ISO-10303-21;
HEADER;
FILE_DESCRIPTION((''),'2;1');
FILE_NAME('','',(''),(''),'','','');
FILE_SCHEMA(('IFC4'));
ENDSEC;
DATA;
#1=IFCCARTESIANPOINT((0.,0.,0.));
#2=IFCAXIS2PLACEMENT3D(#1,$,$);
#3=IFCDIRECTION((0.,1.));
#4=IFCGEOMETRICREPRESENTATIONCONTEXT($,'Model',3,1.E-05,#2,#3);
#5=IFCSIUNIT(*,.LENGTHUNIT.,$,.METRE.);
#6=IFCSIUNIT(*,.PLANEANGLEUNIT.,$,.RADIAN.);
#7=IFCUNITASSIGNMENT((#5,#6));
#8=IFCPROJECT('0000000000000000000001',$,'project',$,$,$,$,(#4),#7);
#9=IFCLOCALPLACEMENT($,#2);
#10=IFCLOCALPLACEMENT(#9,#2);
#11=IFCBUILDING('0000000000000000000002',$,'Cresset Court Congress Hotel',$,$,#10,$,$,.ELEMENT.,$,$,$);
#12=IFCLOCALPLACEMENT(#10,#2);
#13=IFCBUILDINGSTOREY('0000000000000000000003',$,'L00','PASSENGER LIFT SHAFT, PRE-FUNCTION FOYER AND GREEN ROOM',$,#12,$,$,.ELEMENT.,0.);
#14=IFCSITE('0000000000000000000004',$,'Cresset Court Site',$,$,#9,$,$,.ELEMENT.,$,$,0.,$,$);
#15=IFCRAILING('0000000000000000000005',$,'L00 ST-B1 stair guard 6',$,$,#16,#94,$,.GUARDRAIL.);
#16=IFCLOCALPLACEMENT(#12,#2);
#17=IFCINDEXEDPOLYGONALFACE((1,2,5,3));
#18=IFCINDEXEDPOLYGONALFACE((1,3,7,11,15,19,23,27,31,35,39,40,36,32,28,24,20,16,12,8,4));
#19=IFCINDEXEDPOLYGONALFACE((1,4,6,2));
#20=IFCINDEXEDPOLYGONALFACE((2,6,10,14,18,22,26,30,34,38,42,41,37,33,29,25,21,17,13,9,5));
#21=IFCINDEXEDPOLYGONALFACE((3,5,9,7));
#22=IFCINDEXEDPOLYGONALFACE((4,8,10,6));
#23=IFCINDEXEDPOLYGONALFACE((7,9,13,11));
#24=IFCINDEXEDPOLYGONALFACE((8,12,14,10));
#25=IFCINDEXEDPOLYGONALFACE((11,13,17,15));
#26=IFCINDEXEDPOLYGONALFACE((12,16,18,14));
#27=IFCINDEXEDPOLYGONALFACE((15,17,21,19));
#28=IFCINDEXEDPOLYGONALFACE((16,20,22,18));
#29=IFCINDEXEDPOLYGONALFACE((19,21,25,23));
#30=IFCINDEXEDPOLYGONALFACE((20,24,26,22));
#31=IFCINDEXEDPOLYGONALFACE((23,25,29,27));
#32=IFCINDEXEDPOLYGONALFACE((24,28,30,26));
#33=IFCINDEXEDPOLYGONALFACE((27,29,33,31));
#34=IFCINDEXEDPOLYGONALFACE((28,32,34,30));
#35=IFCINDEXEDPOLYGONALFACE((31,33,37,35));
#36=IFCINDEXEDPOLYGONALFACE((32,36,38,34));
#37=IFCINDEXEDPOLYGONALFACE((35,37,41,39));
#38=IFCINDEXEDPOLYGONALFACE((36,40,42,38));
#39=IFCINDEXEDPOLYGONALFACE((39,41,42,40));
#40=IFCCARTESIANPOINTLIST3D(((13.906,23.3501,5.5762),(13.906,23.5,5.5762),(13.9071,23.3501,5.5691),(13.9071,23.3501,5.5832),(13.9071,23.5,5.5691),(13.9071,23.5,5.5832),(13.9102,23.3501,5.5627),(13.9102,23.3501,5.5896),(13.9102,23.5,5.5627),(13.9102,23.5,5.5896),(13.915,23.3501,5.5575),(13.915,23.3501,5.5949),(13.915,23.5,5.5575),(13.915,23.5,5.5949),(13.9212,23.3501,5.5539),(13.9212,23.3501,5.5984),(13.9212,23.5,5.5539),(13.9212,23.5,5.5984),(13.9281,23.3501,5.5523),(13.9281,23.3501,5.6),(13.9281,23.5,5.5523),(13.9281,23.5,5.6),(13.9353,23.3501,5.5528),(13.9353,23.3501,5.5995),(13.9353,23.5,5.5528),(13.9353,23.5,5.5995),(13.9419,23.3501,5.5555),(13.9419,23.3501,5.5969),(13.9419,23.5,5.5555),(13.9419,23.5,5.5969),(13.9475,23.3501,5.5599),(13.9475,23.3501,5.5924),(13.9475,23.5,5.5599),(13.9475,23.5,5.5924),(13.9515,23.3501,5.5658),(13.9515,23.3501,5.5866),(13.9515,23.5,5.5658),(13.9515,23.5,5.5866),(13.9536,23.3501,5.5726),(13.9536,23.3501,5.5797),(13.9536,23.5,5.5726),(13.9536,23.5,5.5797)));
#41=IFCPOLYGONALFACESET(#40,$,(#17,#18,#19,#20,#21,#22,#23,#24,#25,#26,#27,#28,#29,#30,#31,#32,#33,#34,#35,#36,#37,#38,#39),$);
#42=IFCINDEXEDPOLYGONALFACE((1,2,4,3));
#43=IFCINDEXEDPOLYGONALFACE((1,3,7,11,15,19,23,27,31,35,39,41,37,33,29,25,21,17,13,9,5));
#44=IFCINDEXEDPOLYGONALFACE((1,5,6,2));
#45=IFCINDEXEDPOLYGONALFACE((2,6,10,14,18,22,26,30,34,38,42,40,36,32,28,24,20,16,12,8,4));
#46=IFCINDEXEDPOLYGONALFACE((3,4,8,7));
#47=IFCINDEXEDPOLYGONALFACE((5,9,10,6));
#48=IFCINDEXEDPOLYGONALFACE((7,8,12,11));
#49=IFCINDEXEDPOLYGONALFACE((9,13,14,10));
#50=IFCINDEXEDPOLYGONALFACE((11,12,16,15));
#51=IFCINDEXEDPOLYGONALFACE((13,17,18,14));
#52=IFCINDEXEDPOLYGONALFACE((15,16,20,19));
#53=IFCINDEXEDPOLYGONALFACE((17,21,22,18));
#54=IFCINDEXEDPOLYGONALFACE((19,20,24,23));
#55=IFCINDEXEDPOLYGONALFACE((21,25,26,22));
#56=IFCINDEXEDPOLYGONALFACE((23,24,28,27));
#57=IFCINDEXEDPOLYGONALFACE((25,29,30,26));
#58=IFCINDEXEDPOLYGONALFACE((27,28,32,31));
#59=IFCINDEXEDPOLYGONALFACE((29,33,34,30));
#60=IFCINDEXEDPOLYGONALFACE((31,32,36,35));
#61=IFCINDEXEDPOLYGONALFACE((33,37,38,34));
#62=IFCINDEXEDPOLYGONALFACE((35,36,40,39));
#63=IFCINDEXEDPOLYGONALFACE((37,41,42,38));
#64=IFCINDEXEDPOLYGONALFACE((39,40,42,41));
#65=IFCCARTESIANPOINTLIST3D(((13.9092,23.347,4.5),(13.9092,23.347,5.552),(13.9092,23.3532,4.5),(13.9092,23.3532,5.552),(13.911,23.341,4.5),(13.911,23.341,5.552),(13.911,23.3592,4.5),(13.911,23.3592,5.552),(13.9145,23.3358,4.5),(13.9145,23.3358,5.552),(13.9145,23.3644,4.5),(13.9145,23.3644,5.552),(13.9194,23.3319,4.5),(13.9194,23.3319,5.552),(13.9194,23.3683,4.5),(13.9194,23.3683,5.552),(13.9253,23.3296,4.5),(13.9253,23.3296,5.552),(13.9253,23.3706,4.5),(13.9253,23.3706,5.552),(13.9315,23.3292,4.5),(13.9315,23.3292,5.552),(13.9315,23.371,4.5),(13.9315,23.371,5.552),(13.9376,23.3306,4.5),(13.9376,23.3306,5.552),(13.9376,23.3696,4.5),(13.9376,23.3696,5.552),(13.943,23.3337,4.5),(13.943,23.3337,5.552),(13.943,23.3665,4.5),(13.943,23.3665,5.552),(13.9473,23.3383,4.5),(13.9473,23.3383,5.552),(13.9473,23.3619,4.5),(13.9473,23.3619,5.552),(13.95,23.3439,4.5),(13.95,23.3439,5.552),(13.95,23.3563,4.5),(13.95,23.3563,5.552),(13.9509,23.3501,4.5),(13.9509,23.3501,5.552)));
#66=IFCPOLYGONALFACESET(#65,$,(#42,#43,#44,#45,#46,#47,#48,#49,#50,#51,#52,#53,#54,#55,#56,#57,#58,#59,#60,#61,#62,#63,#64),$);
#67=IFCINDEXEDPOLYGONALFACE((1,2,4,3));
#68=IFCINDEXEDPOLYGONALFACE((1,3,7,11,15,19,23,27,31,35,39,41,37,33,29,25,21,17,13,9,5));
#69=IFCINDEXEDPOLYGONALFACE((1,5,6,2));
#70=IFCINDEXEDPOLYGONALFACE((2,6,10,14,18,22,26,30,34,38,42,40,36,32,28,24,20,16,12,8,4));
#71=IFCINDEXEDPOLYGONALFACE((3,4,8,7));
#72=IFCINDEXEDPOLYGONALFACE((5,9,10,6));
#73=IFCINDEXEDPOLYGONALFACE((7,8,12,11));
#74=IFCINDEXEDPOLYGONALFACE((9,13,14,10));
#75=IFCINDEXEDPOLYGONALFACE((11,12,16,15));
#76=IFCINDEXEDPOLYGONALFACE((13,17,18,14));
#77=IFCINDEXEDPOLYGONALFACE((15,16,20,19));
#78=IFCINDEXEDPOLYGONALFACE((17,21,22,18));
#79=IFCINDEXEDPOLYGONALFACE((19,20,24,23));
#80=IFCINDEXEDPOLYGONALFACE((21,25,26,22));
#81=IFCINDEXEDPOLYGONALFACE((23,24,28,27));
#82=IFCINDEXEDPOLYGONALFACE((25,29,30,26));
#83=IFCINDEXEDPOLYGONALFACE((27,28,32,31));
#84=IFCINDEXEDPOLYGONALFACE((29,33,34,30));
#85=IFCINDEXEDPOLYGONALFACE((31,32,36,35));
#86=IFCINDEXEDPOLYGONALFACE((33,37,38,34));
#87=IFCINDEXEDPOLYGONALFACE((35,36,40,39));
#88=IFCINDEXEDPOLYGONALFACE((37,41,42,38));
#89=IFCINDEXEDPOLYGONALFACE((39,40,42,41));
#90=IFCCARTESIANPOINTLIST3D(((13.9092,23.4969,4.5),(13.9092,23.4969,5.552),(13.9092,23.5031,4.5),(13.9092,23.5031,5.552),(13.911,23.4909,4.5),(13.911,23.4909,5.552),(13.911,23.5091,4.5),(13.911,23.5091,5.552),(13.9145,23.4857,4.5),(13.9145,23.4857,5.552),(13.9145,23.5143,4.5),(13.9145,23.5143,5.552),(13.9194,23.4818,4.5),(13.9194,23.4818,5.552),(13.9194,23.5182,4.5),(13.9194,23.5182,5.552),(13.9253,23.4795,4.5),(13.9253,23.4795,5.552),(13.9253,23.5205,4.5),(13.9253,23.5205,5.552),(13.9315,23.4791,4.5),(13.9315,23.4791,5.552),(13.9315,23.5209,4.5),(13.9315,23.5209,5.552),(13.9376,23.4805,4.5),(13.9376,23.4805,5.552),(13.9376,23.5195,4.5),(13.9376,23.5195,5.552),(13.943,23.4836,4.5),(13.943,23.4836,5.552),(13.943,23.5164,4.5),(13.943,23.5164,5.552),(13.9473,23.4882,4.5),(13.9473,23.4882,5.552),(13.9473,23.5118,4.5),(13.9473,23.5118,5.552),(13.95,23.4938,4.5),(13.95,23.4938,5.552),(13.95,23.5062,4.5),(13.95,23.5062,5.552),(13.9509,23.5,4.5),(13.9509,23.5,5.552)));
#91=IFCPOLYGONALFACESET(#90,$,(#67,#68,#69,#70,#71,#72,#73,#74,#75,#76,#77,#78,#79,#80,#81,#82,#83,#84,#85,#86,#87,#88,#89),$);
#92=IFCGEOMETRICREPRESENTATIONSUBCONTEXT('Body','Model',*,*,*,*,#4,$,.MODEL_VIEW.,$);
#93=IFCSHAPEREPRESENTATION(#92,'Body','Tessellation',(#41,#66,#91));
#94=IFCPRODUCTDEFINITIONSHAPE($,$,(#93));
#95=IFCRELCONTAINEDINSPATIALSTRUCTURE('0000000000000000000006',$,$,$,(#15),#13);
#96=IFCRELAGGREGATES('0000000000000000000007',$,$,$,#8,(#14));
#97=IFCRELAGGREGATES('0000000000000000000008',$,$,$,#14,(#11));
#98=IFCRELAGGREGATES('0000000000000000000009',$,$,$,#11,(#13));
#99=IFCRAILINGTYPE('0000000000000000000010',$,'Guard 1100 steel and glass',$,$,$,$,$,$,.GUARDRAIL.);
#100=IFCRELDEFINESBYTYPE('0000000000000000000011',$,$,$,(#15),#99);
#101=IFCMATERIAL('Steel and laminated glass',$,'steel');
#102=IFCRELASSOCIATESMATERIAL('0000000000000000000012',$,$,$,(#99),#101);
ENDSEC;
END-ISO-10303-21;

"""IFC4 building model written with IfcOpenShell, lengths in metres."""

from ifc_helpers import new_model, si_unit, direction, frame, origin, origin_2d, place, context, subcontext, project, spatial, circle, extrude, material, type_object, element, save


model = new_model("IFC4")

# Units and contexts
model_context = context("Model", 3, precision=1e-05, world=origin(), true_north=direction((0.0, 1.0)))
body_context = subcontext(model_context, "Body", "Model", "MODEL_VIEW")
ifc_project = project(units=[si_unit("LENGTHUNIT", "METRE"), si_unit("PLANEANGLEUNIT", "RADIAN")], contexts=[model_context])

# Site, building, storey
site_placement = place(None, origin())
site = spatial("IfcSite", under=ifc_project, at=site_placement, Name="Cresset Court Site", CompositionType="ELEMENT", RefElevation=0.0)
building_placement = place(site_placement, origin())
building = spatial("IfcBuilding", under=site, at=building_placement, Name="Cresset Court Congress Hotel", CompositionType="ELEMENT")
storey_placement = place(building_placement, origin())
storey = spatial("IfcBuildingStorey", under=building, at=storey_placement, Name="L00", Description="PASSENGER LIFT SHAFT, PRE-FUNCTION FOYER AND GREEN ROOM", CompositionType="ELEMENT", Elevation=0.0)

# Railing
ifc_material_1 = material(Name="Steel and laminated glass", Category="steel")
railing_type_1 = type_object("IfcRailingType", Name="Guard 1100 steel and glass", PredefinedType="GUARDRAIL", material=ifc_material_1)
railing_1_placement = place(storey_placement, frame((13.9299, 23.3501, 4.5)))
element("IfcRailing", 1, at=railing_1_placement, inside=storey, type_object=railing_type_1, Name="L00 ST-B1 stair guard 6", PredefinedType="GUARDRAIL", context=body_context, shape_type="SweptSolid", body=[
    extrude(circle(Radius=0.0239, at=origin_2d()), frame((0.0, 0.0, 1.0762), z_axis=(0.0, 1.0, 0.0), x_axis=(-1.0, 0.0, 0.0)), (0.0, 0.0, 1.0), 0.1499),
    extrude(circle(Radius=0.021, at=origin_2d()), origin(), (0.0, 0.0, 1.0), 1.052),
    extrude(circle(Radius=0.021, at=origin_2d()), frame((0.0, 0.1499, 0.0)), (0.0, 0.0, 1.0), 1.052),
])

save(model, "model.ifc")
